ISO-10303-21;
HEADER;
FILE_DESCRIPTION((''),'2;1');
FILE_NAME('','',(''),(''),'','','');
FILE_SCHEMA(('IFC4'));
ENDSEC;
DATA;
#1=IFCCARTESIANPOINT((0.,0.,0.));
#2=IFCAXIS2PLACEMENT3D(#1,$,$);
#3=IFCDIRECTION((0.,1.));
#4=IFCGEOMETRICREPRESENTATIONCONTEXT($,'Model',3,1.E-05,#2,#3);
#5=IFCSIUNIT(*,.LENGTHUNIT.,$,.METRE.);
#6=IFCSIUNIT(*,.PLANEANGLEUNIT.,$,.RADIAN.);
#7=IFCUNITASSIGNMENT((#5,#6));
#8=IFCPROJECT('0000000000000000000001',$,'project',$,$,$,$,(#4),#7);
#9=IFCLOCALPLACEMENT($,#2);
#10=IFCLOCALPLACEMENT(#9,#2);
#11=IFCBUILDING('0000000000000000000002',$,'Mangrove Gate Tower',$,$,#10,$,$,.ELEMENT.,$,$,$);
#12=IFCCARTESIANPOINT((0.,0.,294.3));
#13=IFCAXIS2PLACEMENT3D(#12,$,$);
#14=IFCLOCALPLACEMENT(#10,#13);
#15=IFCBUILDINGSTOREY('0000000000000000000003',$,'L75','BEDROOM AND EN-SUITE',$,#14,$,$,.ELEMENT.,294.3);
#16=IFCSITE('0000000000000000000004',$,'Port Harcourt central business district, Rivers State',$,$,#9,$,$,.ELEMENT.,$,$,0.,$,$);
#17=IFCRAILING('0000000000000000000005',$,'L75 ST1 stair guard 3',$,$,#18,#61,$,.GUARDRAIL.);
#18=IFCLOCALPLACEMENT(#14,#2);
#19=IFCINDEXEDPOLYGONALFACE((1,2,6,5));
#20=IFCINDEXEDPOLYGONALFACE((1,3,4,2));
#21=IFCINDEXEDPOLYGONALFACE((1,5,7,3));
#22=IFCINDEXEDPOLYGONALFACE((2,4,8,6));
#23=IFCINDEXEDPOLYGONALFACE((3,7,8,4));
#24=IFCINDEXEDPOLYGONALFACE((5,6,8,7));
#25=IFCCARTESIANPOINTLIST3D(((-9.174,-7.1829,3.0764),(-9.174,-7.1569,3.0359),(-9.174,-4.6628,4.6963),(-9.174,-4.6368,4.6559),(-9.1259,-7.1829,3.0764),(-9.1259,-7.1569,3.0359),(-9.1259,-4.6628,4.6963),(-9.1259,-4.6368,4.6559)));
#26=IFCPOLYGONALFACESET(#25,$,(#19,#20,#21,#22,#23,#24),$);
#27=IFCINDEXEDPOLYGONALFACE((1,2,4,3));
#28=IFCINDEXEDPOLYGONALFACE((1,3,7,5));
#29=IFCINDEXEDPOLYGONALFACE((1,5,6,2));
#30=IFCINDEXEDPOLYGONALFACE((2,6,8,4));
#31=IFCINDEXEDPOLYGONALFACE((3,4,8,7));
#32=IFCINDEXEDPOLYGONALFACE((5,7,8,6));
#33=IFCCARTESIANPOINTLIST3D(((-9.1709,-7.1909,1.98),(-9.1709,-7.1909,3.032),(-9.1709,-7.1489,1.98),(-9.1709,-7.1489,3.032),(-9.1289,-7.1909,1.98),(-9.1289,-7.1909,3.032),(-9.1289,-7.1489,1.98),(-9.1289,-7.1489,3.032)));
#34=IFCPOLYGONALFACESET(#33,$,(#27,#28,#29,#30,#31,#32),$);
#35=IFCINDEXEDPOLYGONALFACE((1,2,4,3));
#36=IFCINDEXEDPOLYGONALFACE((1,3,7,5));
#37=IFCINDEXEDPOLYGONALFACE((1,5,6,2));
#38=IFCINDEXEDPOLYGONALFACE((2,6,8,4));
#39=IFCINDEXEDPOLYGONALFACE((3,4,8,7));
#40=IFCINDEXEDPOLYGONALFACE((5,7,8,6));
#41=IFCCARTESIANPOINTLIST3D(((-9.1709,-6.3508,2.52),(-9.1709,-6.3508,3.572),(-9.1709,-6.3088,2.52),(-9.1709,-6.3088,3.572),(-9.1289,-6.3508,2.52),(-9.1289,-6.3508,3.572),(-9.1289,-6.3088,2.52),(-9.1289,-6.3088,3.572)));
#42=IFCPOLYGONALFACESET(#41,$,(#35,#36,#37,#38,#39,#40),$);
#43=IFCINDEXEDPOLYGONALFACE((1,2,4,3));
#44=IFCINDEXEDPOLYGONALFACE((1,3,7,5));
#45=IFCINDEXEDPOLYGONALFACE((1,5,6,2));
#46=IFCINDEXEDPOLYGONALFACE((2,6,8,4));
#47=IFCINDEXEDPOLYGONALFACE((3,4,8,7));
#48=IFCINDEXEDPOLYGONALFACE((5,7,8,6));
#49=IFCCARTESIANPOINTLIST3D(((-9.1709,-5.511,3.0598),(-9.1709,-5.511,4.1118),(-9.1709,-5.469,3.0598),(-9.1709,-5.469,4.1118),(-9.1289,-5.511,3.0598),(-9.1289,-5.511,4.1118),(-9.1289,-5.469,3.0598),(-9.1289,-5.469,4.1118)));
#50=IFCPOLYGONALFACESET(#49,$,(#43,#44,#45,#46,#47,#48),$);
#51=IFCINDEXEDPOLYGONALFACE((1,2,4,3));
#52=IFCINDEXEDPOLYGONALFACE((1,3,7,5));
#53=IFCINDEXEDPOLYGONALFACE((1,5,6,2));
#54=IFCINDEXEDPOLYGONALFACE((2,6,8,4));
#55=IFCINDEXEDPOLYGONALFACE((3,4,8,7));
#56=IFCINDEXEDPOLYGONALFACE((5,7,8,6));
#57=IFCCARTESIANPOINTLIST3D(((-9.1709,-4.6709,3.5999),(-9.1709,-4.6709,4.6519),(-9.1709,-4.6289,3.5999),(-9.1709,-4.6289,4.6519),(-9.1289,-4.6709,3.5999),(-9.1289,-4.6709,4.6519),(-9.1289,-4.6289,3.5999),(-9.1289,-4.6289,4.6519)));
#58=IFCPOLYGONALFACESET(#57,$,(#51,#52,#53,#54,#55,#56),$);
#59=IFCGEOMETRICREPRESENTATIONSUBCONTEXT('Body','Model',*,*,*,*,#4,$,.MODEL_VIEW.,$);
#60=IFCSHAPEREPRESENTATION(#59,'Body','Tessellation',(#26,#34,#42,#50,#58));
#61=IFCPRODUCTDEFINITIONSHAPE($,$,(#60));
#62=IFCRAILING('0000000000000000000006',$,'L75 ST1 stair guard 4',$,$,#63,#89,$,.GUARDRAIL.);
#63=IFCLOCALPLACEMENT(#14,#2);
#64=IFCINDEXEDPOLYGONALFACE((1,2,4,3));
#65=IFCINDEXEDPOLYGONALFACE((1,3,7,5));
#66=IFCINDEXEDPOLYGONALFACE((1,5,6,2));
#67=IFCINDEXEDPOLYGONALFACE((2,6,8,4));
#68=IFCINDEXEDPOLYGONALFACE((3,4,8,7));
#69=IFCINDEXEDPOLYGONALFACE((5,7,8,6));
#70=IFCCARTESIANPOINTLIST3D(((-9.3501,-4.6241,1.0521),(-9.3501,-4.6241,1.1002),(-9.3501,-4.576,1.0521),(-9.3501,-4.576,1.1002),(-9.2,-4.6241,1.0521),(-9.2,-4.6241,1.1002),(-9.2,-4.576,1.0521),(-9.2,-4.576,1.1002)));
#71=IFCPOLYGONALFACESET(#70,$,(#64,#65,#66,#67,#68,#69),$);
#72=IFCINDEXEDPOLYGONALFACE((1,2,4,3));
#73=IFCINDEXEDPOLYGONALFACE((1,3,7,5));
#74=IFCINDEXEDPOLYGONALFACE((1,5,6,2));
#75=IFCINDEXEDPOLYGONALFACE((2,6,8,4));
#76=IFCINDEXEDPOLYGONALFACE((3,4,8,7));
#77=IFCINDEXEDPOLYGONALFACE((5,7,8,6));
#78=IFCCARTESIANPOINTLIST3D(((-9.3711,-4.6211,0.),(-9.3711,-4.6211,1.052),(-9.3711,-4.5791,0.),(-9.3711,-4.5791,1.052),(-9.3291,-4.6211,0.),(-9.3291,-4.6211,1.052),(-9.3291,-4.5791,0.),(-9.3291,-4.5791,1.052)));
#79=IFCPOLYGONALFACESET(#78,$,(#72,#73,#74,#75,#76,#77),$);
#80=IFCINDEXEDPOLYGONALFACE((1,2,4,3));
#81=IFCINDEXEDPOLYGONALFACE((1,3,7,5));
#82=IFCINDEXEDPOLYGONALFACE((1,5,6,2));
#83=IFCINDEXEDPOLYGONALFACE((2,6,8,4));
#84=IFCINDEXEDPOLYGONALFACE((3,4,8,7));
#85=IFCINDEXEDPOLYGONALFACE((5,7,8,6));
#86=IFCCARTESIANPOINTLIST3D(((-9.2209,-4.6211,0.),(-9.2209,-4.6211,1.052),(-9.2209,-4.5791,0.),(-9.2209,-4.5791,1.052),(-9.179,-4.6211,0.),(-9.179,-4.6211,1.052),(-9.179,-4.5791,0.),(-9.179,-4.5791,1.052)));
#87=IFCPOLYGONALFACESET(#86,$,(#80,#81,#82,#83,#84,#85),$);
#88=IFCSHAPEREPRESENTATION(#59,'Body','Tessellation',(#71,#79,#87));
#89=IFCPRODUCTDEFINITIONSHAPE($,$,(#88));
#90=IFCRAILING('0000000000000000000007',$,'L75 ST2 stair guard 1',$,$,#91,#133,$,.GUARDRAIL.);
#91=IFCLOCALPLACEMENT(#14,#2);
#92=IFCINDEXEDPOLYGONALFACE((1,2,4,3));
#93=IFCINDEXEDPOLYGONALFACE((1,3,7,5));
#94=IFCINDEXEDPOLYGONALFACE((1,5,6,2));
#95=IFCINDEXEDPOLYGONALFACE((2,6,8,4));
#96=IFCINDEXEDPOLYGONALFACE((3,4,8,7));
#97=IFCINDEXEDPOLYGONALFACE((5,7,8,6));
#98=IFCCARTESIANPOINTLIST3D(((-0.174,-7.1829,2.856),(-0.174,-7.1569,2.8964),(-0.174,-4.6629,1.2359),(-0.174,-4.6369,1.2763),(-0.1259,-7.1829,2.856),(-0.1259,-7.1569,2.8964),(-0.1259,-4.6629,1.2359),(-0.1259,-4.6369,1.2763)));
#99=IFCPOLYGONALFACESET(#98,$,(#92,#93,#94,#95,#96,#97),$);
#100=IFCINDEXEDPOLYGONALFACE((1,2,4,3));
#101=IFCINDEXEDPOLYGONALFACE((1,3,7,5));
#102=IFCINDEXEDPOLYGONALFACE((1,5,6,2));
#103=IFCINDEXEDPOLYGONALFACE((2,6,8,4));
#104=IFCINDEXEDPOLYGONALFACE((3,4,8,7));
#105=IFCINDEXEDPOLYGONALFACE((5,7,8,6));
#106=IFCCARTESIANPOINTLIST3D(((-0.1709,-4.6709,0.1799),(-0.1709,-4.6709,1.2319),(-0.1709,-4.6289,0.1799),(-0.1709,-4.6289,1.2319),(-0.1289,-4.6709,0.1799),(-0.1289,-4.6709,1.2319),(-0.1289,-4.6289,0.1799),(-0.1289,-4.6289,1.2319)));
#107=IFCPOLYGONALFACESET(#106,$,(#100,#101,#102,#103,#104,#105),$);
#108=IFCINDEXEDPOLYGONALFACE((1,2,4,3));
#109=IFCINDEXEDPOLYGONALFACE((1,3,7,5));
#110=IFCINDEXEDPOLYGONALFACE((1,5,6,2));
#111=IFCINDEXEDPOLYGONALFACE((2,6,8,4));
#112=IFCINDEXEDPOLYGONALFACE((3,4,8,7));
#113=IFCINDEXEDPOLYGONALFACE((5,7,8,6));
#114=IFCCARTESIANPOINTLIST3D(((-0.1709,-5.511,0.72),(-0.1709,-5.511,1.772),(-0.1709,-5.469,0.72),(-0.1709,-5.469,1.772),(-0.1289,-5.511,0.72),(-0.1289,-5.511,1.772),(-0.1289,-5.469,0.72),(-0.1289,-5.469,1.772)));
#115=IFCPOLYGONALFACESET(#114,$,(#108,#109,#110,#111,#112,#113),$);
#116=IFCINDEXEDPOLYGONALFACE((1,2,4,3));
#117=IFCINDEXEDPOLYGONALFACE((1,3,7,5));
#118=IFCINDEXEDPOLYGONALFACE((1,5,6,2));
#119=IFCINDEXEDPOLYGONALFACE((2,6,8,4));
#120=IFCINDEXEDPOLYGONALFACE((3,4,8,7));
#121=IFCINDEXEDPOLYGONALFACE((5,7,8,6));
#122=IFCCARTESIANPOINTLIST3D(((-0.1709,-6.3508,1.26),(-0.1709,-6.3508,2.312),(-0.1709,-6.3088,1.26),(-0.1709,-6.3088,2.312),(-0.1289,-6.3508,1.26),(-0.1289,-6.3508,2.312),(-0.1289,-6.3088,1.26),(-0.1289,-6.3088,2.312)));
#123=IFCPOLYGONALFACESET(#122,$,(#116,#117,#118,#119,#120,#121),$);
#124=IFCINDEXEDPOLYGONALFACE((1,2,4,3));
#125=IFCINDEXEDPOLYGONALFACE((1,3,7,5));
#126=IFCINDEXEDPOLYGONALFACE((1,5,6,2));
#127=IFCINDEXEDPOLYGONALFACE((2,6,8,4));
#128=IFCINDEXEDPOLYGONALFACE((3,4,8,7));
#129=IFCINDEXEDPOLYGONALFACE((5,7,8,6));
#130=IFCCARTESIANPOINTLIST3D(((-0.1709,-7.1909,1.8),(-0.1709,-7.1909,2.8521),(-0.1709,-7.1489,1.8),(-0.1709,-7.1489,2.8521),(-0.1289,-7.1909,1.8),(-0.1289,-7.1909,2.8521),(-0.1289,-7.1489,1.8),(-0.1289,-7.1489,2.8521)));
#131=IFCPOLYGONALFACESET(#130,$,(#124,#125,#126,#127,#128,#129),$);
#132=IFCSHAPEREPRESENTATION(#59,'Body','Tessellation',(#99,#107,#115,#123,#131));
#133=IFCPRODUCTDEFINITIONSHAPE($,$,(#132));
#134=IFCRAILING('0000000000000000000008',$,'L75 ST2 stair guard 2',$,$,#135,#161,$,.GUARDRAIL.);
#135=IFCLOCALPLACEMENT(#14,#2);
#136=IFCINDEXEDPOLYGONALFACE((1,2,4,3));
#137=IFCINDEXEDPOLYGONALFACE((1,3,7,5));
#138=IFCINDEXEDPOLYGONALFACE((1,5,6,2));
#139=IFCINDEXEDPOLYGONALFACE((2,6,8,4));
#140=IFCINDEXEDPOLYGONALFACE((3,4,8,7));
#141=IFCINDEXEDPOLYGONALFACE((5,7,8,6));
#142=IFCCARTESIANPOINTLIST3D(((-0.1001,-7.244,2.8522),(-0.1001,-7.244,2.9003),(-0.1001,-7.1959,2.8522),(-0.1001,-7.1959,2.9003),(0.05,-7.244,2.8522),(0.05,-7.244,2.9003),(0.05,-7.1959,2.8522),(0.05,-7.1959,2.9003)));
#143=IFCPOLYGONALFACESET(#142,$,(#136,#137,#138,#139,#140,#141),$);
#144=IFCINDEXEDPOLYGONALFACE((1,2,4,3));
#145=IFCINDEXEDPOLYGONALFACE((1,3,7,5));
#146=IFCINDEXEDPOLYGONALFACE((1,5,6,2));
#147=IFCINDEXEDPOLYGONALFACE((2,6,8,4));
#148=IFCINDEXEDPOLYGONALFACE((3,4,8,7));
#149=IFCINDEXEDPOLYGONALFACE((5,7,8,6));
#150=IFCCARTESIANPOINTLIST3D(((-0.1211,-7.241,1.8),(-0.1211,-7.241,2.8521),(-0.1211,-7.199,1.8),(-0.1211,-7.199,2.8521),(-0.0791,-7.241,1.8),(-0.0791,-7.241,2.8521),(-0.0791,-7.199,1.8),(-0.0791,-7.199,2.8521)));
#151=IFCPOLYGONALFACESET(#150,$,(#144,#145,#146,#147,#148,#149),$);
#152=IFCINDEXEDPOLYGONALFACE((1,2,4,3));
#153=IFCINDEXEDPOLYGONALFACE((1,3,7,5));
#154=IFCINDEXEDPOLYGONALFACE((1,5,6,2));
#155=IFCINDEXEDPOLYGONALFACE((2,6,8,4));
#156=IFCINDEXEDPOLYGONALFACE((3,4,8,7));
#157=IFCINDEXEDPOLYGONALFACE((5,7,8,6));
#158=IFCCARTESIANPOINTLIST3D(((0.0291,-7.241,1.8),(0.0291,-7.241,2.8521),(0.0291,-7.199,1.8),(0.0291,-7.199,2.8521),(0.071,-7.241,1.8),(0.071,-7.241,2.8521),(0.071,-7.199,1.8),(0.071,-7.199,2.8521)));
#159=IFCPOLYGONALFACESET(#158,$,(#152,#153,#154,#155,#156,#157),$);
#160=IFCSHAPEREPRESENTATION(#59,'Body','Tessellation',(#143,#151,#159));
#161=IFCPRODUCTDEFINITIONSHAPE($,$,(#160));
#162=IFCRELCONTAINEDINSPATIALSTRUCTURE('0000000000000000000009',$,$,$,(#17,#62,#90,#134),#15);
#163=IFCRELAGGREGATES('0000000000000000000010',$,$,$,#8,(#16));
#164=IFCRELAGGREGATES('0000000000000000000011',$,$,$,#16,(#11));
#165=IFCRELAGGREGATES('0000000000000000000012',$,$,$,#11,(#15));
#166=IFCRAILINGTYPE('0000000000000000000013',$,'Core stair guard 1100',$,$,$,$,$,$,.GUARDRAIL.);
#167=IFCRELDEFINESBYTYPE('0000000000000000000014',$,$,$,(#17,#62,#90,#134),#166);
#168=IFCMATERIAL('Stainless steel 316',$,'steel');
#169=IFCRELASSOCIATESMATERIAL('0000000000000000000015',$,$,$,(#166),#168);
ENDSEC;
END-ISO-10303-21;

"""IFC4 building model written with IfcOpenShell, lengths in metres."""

from ifc_helpers import new_model, si_unit, direction, frame, origin, origin_2d, place, context, subcontext, project, spatial, rectangle, extrude, material, type_object, element, save


model = new_model("IFC4")

# Units and contexts
model_context = context("Model", 3, precision=1e-05, world=origin(), true_north=direction((0.0, 1.0)))
body_context = subcontext(model_context, "Body", "Model", "MODEL_VIEW")
ifc_project = project(units=[si_unit("LENGTHUNIT", "METRE"), si_unit("PLANEANGLEUNIT", "RADIAN")], contexts=[model_context])

# Site, building, storey
site_placement = place(None, origin())
site = spatial("IfcSite", under=ifc_project, at=site_placement, Name="Port Harcourt central business district, Rivers State", CompositionType="ELEMENT", RefElevation=0.0)
building_placement = place(site_placement, origin())
building = spatial("IfcBuilding", under=site, at=building_placement, Name="Mangrove Gate Tower", CompositionType="ELEMENT")
storey_placement = place(building_placement, frame((0.0, 0.0, 294.3)))
storey = spatial("IfcBuildingStorey", under=building, at=storey_placement, Name="L75", Description="BEDROOM AND EN-SUITE", CompositionType="ELEMENT", Elevation=294.3)

# Railings
ifc_material_1 = material(Name="Stainless steel 316", Category="steel")
railing_type_1 = type_object("IfcRailingType", Name="Core stair guard 1100", PredefinedType="GUARDRAIL", material=ifc_material_1)
railing_1_placement = place(storey_placement, frame((-9.1499, -7.1699, 1.98)))
element("IfcRailing", 1, at=railing_1_placement, inside=storey, type_object=railing_type_1, Name="L75 ST1 stair guard 3", PredefinedType="GUARDRAIL", context=body_context, shape_type="SweptSolid", body=[
    extrude(rectangle(XDim=0.0481, YDim=0.0481, at=origin_2d()), frame((0.0, 0.0, 1.0762), z_axis=(0.0, 0.8412, 0.540725), x_axis=(-1.0, 0.0, 0.0)), (0.0, 0.0, 1.0), 2.9958),
    extrude(rectangle(XDim=0.042, YDim=0.042, at=origin_2d()), origin(), (0.0, 0.0, 1.0), 1.052),
    extrude(rectangle(XDim=0.042, YDim=0.042, at=origin_2d()), frame((0.0, 0.8401, 0.54)), (0.0, 0.0, 1.0), 1.052),
    extrude(rectangle(XDim=0.042, YDim=0.042, at=origin_2d()), frame((0.0, 1.6799, 1.0798)), (0.0, 0.0, 1.0), 1.052),
    extrude(rectangle(XDim=0.042, YDim=0.042, at=origin_2d()), frame((0.0, 2.52, 1.6199)), (0.0, 0.0, 1.0), 1.052),
])
railing_2_placement = place(storey_placement, frame((-9.3501, -4.6001, 0.0)))
element("IfcRailing", 2, at=railing_2_placement, inside=storey, type_object=railing_type_1, Name="L75 ST1 stair guard 4", PredefinedType="GUARDRAIL", context=body_context, shape_type="SweptSolid", body=[
    extrude(rectangle(XDim=0.0481, YDim=0.0481, at=origin_2d()), frame((0.0, 0.0, 1.0762), z_axis=(1.0, 0.0, 0.0), x_axis=(0.0, 1.0, 0.0)), (0.0, 0.0, 1.0), 0.1501),
    extrude(rectangle(XDim=0.042, YDim=0.042, at=origin_2d()), origin(), (0.0, 0.0, 1.0), 1.052),
    extrude(rectangle(XDim=0.042, YDim=0.042, at=origin_2d()), frame((0.1501, 0.0, 0.0)), (0.0, 0.0, 1.0), 1.052),
])
railing_3_placement = place(storey_placement, frame((-0.1499, -4.6499, 0.1799)))
element("IfcRailing", 3, at=railing_3_placement, inside=storey, type_object=railing_type_1, Name="L75 ST2 stair guard 1", PredefinedType="GUARDRAIL", context=body_context, shape_type="SweptSolid", body=[
    extrude(rectangle(XDim=0.0481, YDim=0.0481, at=origin_2d()), frame((0.0, 0.0, 1.0762), z_axis=(0.0, -0.841163, 0.540782), x_axis=(1.0, 0.0, 0.0)), (0.0, 0.0, 1.0), 2.9958),
    extrude(rectangle(XDim=0.042, YDim=0.042, at=origin_2d()), origin(), (0.0, 0.0, 1.0), 1.052),
    extrude(rectangle(XDim=0.042, YDim=0.042, at=origin_2d()), frame((0.0, -0.8401, 0.54)), (0.0, 0.0, 1.0), 1.052),
    extrude(rectangle(XDim=0.042, YDim=0.042, at=origin_2d()), frame((0.0, -1.6799, 1.0801)), (0.0, 0.0, 1.0), 1.052),
    extrude(rectangle(XDim=0.042, YDim=0.042, at=origin_2d()), frame((0.0, -2.52, 1.6201)), (0.0, 0.0, 1.0), 1.052),
])
railing_4_placement = place(storey_placement, frame((-0.1001, -7.22, 1.8)))
element("IfcRailing", 4, at=railing_4_placement, inside=storey, type_object=railing_type_1, Name="L75 ST2 stair guard 2", PredefinedType="GUARDRAIL", context=body_context, shape_type="SweptSolid", body=[
    extrude(rectangle(XDim=0.0481, YDim=0.0481, at=origin_2d()), frame((0.0, 0.0, 1.0762), z_axis=(1.0, 0.0, 0.0), x_axis=(0.0, 1.0, 0.0)), (0.0, 0.0, 1.0), 0.1501),
    extrude(rectangle(XDim=0.042, YDim=0.042, at=origin_2d()), origin(), (0.0, 0.0, 1.0), 1.052),
    extrude(rectangle(XDim=0.042, YDim=0.042, at=origin_2d()), frame((0.1501, 0.0, 0.0)), (0.0, 0.0, 1.0), 1.052),
])

save(model, "model.ifc")
